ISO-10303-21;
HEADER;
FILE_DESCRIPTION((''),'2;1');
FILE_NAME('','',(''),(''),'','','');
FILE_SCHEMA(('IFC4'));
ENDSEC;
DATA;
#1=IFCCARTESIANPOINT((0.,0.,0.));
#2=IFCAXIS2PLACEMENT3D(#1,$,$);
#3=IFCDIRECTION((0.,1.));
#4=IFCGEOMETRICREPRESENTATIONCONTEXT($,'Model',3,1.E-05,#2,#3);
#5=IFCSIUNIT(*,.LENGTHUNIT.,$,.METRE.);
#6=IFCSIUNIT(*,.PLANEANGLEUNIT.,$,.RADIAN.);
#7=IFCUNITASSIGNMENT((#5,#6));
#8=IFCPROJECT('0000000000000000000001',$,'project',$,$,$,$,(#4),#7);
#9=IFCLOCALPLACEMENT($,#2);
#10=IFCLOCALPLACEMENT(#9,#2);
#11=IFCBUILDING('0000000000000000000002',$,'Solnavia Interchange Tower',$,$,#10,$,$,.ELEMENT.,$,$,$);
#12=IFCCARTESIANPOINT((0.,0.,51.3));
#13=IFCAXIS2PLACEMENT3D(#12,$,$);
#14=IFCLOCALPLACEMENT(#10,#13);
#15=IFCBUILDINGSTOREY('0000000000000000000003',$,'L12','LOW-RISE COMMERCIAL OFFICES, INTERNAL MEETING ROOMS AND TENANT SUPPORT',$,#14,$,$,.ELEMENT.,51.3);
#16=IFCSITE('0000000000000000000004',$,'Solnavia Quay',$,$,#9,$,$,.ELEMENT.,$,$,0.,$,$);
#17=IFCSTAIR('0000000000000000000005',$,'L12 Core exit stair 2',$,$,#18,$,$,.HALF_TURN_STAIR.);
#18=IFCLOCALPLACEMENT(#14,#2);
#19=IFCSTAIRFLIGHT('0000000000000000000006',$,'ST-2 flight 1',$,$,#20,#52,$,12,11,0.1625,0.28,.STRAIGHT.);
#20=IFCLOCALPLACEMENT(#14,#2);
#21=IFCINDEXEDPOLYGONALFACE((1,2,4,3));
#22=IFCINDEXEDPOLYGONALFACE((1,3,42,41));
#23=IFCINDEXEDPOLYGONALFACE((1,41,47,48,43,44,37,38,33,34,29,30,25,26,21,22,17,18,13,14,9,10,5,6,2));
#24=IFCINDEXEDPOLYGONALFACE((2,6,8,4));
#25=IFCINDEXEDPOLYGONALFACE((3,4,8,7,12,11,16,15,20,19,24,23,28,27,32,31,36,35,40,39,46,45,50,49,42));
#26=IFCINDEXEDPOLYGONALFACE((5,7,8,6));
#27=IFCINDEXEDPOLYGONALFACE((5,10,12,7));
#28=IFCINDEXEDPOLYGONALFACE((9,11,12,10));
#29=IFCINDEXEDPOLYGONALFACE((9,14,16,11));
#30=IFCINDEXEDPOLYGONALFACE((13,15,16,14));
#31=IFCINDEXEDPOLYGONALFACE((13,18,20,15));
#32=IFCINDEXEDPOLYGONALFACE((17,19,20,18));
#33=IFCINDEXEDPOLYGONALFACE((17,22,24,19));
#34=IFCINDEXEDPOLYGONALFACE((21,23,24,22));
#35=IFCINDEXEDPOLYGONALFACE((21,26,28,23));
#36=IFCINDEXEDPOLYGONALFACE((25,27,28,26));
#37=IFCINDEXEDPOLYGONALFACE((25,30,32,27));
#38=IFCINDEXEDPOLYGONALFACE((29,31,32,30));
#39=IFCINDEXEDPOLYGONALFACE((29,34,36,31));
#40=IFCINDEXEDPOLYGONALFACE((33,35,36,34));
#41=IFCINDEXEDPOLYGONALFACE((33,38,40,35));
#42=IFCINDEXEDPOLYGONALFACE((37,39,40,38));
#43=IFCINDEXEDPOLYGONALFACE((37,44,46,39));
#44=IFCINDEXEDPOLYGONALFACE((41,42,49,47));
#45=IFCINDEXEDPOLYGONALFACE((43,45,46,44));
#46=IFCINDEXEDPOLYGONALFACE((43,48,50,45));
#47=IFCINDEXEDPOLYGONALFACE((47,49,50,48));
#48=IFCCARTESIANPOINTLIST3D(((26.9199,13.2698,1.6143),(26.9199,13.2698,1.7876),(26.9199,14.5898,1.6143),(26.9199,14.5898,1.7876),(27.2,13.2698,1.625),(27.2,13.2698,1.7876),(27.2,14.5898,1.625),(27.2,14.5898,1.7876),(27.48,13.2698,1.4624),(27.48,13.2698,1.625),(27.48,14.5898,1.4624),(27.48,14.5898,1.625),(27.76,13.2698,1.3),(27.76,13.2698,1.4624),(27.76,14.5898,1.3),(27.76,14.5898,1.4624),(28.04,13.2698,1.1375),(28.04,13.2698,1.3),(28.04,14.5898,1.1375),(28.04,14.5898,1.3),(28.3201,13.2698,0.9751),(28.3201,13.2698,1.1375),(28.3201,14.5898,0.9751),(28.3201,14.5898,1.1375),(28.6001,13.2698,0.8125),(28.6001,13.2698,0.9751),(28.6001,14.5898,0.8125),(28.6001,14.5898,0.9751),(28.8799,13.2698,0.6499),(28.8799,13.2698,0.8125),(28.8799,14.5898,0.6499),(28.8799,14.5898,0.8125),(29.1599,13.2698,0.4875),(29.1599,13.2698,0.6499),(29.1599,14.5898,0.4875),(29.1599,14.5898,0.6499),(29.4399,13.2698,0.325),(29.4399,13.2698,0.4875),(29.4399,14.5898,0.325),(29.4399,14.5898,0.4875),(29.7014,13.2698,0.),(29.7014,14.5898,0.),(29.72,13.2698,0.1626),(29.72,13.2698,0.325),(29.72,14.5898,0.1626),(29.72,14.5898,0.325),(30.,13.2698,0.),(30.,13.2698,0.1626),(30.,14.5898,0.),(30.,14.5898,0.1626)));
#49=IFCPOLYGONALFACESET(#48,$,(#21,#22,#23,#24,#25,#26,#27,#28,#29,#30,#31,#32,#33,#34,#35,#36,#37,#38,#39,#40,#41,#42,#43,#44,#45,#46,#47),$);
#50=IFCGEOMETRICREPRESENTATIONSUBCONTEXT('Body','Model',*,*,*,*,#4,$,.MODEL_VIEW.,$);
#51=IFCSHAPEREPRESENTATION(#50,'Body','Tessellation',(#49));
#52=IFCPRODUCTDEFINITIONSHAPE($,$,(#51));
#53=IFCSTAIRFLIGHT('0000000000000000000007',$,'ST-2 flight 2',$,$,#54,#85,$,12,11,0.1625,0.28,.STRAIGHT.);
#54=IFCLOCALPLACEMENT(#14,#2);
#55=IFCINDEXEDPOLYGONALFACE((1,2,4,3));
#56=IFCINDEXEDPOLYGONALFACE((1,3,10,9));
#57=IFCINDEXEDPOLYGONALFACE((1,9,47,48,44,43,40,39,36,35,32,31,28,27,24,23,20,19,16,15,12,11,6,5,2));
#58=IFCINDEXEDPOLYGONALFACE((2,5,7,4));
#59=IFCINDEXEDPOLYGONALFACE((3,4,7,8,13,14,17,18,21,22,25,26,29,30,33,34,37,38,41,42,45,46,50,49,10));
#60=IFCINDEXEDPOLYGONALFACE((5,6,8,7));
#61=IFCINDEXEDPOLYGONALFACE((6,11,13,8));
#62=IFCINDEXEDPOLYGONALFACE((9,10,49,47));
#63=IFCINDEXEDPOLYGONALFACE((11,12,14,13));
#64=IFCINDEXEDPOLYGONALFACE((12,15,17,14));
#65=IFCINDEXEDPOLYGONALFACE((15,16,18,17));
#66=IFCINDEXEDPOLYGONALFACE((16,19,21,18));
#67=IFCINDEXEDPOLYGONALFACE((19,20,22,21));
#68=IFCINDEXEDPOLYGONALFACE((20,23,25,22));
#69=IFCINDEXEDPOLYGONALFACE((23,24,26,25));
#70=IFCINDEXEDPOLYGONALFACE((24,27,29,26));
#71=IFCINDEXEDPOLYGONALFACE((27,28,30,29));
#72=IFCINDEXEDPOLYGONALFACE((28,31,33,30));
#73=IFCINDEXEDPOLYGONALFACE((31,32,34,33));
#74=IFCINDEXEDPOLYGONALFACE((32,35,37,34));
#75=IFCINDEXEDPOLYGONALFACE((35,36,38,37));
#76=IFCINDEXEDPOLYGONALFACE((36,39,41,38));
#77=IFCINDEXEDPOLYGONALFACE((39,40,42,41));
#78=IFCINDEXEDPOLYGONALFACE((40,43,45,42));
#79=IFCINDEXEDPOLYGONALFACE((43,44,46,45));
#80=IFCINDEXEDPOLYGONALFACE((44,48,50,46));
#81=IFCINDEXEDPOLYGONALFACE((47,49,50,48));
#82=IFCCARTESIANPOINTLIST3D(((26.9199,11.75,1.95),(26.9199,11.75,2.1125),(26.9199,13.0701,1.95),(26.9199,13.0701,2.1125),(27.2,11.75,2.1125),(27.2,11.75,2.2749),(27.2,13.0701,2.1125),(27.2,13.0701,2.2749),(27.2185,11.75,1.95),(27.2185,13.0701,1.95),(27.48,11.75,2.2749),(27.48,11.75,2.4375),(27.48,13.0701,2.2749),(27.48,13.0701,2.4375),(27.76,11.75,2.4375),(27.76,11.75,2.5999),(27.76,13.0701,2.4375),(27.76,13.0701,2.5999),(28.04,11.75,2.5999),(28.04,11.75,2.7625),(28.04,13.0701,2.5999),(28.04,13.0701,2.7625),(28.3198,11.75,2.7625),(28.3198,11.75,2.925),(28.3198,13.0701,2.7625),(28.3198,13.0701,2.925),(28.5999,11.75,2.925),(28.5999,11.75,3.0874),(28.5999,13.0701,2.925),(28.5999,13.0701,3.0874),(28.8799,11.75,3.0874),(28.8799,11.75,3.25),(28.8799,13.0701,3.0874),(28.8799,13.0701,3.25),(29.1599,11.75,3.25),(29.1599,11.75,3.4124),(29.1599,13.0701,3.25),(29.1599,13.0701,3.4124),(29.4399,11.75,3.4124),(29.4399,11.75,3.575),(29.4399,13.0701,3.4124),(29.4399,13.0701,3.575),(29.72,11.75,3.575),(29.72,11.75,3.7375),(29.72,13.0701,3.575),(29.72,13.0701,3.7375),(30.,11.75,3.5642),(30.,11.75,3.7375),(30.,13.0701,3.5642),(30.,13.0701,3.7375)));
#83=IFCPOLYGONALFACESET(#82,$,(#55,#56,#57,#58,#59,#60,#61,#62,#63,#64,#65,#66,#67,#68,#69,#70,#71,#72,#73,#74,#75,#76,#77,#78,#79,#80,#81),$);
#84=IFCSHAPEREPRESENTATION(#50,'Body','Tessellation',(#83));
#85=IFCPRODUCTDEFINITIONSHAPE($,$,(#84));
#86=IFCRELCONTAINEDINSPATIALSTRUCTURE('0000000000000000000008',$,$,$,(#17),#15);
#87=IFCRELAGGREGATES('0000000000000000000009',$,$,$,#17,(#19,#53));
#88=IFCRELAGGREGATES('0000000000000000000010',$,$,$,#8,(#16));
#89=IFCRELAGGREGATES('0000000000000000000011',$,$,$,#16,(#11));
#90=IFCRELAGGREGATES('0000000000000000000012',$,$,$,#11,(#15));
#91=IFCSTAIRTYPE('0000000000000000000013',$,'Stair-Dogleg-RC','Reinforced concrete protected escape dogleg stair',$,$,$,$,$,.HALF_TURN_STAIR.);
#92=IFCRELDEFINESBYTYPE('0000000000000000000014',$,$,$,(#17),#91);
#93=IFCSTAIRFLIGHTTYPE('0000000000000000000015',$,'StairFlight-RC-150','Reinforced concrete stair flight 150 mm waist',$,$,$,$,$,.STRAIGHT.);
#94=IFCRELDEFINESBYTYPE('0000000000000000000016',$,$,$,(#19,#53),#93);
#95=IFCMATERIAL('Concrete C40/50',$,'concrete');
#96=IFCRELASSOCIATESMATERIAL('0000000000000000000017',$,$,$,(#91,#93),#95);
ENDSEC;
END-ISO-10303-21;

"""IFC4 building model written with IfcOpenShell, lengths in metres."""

from ifc_helpers import new_model, si_unit, direction, frame, origin, place, context, subcontext, project, spatial, polyline, outline, extrude, material, type_object, element, aggregate, save


model = new_model("IFC4")

# Units and contexts
model_context = context("Model", 3, precision=1e-05, world=origin(), true_north=direction((0.0, 1.0)))
body_context = subcontext(model_context, "Body", "Model", "MODEL_VIEW")
ifc_project = project(units=[si_unit("LENGTHUNIT", "METRE"), si_unit("PLANEANGLEUNIT", "RADIAN")], contexts=[model_context])

# Site, building, storey
site_placement = place(None, origin())
site = spatial("IfcSite", under=ifc_project, at=site_placement, Name="Solnavia Quay", CompositionType="ELEMENT", RefElevation=0.0)
building_placement = place(site_placement, origin())
building = spatial("IfcBuilding", under=site, at=building_placement, Name="Solnavia Interchange Tower", CompositionType="ELEMENT")
storey_placement = place(building_placement, frame((0.0, 0.0, 51.3)))
storey = spatial("IfcBuildingStorey", under=building, at=storey_placement, Name="L12", Description="LOW-RISE COMMERCIAL OFFICES, INTERNAL MEETING ROOMS AND TENANT SUPPORT", CompositionType="ELEMENT", Elevation=51.3)

# Shared definitions
ifc_material_1 = material(Name="Concrete C40/50", Category="concrete")

# Stair, stair flights
stair_type = type_object("IfcStairType", Name="Stair-Dogleg-RC", Description="Reinforced concrete protected escape dogleg stair", PredefinedType="HALF_TURN_STAIR", material=ifc_material_1)
stair_placement = place(storey_placement, origin())
stair = element("IfcStair", 1, at=stair_placement, inside=storey, type_object=stair_type, Name="L12 Core exit stair 2", PredefinedType="HALF_TURN_STAIR")
stair_flight_type = type_object("IfcStairFlightType", Name="StairFlight-RC-150", Description="Reinforced concrete stair flight 150 mm waist", PredefinedType="STRAIGHT", material=ifc_material_1)
stair_flight_1_placement = place(storey_placement, frame((30.0, 13.9299, 0.0), z_axis=(0.0, 0.0, 1.0), x_axis=(-1.0, 0.0, 0.0)))
stair_flight_1 = element("IfcStairFlight", 2, at=stair_flight_1_placement, type_object=stair_flight_type, Name="ST-2 flight 1", NumberOfRisers=12, NumberOfTreads=11, PredefinedType="STRAIGHT", RiserHeight=0.1625, TreadLength=0.28, context=body_context, shape_type="SweptSolid", body=[
    extrude(outline(polyline([(0.0, 0.0), (0.0, 0.1626), (0.28, 0.1626), (0.28, 0.325), (0.5601, 0.325), (0.5601, 0.4875), (0.8401, 0.4875), (0.8401, 0.6499), (1.1201, 0.6499), (1.1201, 0.8125), (1.3999, 0.8125), (1.3999, 0.9751), (1.6799, 0.9751), (1.6799, 1.1375), (1.96, 1.1375), (1.96, 1.3), (2.24, 1.3), (2.24, 1.4624), (2.52, 1.4624), (2.52, 1.625), (2.8, 1.625), (2.8, 1.7876), (3.0801, 1.7876), (3.0801, 1.95), (3.0801, 1.6143), (0.2986, 0.0), (0.0, 0.0)])), frame((0.0, 0.6602, 0.0), z_axis=(0.0, -1.0, 0.0), x_axis=(1.0, 0.0, 0.0)), (0.0, 0.0, 1.0), 1.3201),
])
stair_flight_2_placement = place(storey_placement, frame((26.9199, 12.4099, 1.95), z_axis=(0.0, 0.0, 1.0), x_axis=(1.0, 0.0, 0.0)))
stair_flight_2 = element("IfcStairFlight", 3, at=stair_flight_2_placement, type_object=stair_flight_type, Name="ST-2 flight 2", NumberOfRisers=12, NumberOfTreads=11, PredefinedType="STRAIGHT", RiserHeight=0.1625, TreadLength=0.28, context=body_context, shape_type="SweptSolid", body=[
    extrude(outline(polyline([(0.0, 0.0), (0.0, 0.1626), (0.28, 0.1626), (0.28, 0.325), (0.5601, 0.325), (0.5601, 0.4875), (0.8401, 0.4875), (0.8401, 0.6499), (1.1201, 0.6499), (1.1201, 0.8125), (1.3999, 0.8125), (1.3999, 0.9751), (1.6799, 0.9751), (1.6799, 1.1375), (1.96, 1.1375), (1.96, 1.3), (2.24, 1.3), (2.24, 1.4624), (2.52, 1.4624), (2.52, 1.625), (2.8, 1.625), (2.8, 1.7876), (3.0801, 1.7876), (3.0801, 1.95), (3.0801, 1.6143), (0.2986, 0.0), (0.0, 0.0)])), frame((0.0, 0.6602, 0.0), z_axis=(0.0, -1.0, 0.0), x_axis=(1.0, 0.0, 0.0)), (0.0, 0.0, 1.0), 1.3201),
])
aggregate(stair, [stair_flight_1, stair_flight_2])

save(model, "model.ifc")
